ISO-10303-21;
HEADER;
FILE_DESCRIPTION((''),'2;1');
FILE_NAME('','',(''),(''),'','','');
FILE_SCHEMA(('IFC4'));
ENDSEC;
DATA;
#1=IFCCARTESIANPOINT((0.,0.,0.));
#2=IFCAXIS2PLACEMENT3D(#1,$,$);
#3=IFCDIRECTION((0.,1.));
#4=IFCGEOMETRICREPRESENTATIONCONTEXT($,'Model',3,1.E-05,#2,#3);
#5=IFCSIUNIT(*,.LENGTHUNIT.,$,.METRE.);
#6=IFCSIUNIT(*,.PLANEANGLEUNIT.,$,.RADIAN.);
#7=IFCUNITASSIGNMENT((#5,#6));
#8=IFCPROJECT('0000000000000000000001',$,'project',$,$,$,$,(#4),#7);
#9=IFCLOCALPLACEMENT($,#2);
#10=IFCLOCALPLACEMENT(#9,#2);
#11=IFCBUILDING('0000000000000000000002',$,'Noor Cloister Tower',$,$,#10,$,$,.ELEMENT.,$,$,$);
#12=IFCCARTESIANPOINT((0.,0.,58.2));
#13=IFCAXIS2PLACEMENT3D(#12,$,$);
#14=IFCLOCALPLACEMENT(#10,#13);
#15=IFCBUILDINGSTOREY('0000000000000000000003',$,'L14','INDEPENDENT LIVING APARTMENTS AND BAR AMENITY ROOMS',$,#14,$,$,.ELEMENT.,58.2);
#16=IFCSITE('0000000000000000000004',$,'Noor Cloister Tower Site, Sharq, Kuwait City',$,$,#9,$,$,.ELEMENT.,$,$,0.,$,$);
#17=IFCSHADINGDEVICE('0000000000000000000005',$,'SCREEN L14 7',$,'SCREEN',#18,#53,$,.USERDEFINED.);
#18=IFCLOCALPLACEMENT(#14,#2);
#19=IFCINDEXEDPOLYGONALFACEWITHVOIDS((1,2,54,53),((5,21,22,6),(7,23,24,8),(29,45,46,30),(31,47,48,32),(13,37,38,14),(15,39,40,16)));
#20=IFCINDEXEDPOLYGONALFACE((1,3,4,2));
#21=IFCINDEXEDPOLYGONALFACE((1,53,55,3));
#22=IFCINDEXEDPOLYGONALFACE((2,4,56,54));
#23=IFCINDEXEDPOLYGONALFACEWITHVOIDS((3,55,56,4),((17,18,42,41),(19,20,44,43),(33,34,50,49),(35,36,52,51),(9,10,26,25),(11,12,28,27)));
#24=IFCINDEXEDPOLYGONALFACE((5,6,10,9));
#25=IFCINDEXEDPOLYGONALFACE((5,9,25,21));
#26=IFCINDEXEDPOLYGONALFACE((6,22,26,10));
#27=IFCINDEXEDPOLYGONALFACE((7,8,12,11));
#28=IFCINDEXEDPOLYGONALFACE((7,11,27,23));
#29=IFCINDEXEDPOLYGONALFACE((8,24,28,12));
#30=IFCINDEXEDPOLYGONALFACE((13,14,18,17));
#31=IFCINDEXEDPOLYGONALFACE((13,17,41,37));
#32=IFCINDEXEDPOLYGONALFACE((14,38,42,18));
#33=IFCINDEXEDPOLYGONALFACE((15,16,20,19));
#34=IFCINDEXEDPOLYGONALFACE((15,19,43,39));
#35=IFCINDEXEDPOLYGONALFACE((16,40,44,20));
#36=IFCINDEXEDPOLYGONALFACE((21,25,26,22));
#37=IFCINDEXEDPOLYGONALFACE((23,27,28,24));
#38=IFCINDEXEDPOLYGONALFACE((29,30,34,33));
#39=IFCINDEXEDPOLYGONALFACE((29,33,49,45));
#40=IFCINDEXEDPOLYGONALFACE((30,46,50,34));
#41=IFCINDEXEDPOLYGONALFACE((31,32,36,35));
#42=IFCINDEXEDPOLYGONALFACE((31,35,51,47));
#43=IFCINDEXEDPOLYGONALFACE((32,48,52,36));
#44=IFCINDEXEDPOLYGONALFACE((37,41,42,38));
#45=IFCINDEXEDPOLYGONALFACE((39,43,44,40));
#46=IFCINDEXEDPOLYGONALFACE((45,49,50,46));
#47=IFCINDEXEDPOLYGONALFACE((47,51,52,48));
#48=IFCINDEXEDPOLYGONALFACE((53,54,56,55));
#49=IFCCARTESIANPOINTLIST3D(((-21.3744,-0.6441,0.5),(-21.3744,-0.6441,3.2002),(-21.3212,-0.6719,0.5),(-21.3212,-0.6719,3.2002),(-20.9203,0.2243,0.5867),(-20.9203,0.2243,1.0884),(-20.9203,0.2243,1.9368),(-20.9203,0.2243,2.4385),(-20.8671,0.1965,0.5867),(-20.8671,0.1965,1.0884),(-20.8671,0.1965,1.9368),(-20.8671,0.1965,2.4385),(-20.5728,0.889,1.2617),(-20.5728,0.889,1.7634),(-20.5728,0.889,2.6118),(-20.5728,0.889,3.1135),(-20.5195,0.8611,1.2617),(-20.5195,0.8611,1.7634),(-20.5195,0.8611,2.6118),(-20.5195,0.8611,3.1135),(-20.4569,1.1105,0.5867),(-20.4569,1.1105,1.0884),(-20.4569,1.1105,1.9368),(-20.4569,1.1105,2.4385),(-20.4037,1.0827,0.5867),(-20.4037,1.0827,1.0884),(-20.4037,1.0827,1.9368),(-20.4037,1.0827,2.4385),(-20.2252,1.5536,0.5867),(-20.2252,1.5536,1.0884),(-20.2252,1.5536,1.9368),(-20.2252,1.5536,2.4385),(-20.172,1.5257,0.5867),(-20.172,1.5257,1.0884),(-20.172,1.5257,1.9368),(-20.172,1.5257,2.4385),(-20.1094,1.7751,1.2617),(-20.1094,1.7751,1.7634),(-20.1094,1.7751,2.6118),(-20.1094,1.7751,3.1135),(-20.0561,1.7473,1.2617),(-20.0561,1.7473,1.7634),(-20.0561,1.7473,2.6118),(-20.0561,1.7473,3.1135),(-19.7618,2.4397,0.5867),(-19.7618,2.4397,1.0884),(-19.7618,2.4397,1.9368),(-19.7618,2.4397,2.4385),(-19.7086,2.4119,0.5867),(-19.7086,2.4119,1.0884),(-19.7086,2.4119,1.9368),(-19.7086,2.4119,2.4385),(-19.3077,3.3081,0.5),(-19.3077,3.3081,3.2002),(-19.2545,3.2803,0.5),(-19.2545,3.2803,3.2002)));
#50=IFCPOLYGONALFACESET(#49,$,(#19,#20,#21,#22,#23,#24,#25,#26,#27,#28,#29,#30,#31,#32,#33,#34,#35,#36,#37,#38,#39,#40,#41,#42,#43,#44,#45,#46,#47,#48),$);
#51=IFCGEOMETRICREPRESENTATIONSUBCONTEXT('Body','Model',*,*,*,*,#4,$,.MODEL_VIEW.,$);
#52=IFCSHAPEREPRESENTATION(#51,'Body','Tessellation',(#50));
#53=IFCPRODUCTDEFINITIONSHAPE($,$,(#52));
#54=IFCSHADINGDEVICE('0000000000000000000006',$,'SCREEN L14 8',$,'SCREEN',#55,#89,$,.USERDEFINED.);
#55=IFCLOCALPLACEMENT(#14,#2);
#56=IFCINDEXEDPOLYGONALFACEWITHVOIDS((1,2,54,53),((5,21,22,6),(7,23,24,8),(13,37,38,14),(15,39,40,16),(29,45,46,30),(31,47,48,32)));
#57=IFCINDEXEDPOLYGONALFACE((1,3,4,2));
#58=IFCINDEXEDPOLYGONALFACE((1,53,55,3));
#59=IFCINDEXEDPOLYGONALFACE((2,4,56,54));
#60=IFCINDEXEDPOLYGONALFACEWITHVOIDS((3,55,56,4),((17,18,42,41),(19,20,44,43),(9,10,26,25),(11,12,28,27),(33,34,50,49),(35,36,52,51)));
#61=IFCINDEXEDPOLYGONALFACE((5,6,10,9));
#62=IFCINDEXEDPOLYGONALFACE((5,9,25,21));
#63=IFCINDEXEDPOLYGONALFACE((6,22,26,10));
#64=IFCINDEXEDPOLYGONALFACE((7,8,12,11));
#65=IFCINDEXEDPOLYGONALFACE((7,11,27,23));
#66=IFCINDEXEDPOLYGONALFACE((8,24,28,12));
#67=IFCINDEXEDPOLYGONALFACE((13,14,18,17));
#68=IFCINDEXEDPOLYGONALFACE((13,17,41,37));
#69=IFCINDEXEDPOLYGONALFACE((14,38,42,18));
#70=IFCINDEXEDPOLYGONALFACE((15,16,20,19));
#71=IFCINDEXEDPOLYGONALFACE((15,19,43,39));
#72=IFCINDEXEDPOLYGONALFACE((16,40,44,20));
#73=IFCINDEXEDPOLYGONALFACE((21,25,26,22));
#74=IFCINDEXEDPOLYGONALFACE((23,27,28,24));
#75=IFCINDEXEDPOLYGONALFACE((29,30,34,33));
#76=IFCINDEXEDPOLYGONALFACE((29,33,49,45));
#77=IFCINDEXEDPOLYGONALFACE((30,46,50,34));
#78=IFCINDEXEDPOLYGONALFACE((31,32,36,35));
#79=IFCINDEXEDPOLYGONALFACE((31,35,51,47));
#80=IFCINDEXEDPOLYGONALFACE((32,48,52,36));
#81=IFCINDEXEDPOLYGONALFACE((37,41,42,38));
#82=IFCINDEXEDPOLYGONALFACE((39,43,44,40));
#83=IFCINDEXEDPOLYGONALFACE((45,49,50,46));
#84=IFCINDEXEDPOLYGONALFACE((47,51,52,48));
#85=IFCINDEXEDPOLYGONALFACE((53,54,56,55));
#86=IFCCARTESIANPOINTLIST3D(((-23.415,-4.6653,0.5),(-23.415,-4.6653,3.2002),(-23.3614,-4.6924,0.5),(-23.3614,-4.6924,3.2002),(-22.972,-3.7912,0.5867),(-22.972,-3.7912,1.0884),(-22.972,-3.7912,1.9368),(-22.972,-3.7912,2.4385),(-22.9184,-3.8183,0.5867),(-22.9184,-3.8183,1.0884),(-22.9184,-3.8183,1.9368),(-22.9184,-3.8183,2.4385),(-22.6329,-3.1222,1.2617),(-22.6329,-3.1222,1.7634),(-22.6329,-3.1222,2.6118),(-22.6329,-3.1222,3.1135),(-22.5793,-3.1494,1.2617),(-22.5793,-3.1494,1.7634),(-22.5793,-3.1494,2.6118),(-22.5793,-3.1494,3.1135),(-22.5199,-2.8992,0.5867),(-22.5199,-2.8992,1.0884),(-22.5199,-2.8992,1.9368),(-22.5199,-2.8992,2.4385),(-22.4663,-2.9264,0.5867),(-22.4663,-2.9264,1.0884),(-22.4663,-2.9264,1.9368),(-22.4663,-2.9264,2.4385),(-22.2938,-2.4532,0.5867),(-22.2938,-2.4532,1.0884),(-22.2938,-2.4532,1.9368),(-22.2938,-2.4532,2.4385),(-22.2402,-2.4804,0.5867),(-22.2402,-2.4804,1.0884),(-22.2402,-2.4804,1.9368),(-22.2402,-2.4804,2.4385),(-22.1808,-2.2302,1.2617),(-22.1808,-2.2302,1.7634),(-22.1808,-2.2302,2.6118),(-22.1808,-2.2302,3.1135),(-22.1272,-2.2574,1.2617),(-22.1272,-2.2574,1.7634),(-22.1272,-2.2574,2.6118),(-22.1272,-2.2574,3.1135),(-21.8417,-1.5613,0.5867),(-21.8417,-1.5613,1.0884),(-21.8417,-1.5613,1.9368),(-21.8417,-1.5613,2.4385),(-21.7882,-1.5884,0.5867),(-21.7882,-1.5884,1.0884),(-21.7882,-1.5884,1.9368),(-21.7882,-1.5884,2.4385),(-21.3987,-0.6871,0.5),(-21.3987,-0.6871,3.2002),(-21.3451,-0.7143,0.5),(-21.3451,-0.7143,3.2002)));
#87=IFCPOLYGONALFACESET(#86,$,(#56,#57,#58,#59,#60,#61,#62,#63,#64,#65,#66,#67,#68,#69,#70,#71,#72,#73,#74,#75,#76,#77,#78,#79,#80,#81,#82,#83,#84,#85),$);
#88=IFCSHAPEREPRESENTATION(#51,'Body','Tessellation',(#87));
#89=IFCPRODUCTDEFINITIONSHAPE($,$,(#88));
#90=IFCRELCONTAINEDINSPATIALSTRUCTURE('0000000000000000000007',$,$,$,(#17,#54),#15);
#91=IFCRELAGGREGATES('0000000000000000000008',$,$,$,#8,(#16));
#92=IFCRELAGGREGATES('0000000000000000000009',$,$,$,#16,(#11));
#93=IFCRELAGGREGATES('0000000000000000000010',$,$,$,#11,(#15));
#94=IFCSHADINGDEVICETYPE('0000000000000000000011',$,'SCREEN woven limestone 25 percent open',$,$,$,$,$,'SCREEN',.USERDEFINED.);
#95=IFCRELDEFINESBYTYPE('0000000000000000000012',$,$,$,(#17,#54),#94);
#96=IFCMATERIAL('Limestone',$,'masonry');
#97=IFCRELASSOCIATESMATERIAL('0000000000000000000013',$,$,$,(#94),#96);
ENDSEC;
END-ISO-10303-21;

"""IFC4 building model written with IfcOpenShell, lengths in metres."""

from ifc_helpers import new_model, si_unit, direction, frame, origin, place, context, subcontext, project, spatial, polyline, outline, extrude, material, material_profile, profile_set, type_object, element, save


model = new_model("IFC4")

# Units and contexts
model_context = context("Model", 3, precision=1e-05, world=origin(), true_north=direction((0.0, 1.0)))
body_context = subcontext(model_context, "Body", "Model", "MODEL_VIEW")
ifc_project = project(units=[si_unit("LENGTHUNIT", "METRE"), si_unit("PLANEANGLEUNIT", "RADIAN")], contexts=[model_context])

# Site, building, storey
site_placement = place(None, origin())
site = spatial("IfcSite", under=ifc_project, at=site_placement, Name="Noor Cloister Tower Site, Sharq, Kuwait City", CompositionType="ELEMENT", RefElevation=0.0)
building_placement = place(site_placement, origin())
building = spatial("IfcBuilding", under=site, at=building_placement, Name="Noor Cloister Tower", CompositionType="ELEMENT")
storey_placement = place(building_placement, frame((0.0, 0.0, 58.2)))
storey = spatial("IfcBuildingStorey", under=building, at=storey_placement, Name="L14", Description="INDEPENDENT LIVING APARTMENTS AND BAR AMENITY ROOMS", CompositionType="ELEMENT", Elevation=58.2)

# Shading devices
ifc_material_1 = material(Name="Limestone", Category="masonry")
ifc_material_profile_1 = material_profile(ifc_material_1, outline(polyline([(-2.23, -1.3501), (2.23, -1.3501), (2.23, 1.3501), (-2.23, 1.3501), (-2.23, -1.3501)]), holes=[polyline([(-1.25, -1.2634), (-0.25, -1.2634), (-0.25, -0.7617), (-1.25, -0.7617), (-1.25, -1.2634)]), polyline([(0.25, -1.2634), (1.25, -1.2634), (1.25, -0.7617), (0.25, -0.7617), (0.25, -1.2634)]), polyline([(-0.5, -0.5884), (0.5, -0.5884), (0.5, -0.0867), (-0.5, -0.0867), (-0.5, -0.5884)]), polyline([(-1.25, 0.0867), (-0.25, 0.0867), (-0.25, 0.5884), (-1.25, 0.5884), (-1.25, 0.0867)]), polyline([(0.25, 0.0867), (1.25, 0.0867), (1.25, 0.5884), (0.25, 0.5884), (0.25, 0.0867)]), polyline([(-0.5, 0.7617), (0.5, 0.7617), (0.5, 1.2634), (-0.5, 1.2634), (-0.5, 0.7617)])]), Name="Woven screen 25 percent open")
ifc_profile_set_1 = profile_set([ifc_material_profile_1], Name="Limestone")
shading_device_type = type_object("IfcShadingDeviceType", Name="SCREEN woven limestone 25 percent open", ElementType="SCREEN", PredefinedType="USERDEFINED", material=ifc_profile_set_1)
for number, where, z_axis, x_axis, name in (
    (1, (-20.2878, 1.3042, 1.8501), (-0.88615, 0.463399, 0.0), (-0.463399, -0.88615, 0.0), "SCREEN L14 7"),
    (2, (-22.3533, -2.7034, 1.8501), (-0.89197, 0.452094, 0.0), (-0.452094, -0.89197, 0.0), "SCREEN L14 8"),
):
    element("IfcShadingDevice", number, at=place(storey_placement, frame(where, z_axis=z_axis, x_axis=x_axis)), inside=storey, type_object=shading_device_type, Name=name, ObjectType="SCREEN", PredefinedType="USERDEFINED", context=body_context, shape_type="SweptSolid", body=[
        extrude(outline(polyline([(-2.23, -1.3501), (2.23, -1.3501), (2.23, 1.3501), (-2.23, 1.3501), (-2.23, -1.3501)]), holes=[polyline([(-1.25, -1.2634), (-0.25, -1.2634), (-0.25, -0.7617), (-1.25, -0.7617), (-1.25, -1.2634)]), polyline([(0.25, -1.2634), (1.25, -1.2634), (1.25, -0.7617), (0.25, -0.7617), (0.25, -1.2634)]), polyline([(-0.5, -0.5884), (0.5, -0.5884), (0.5, -0.0867), (-0.5, -0.0867), (-0.5, -0.5884)]), polyline([(-1.25, 0.0867), (-0.25, 0.0867), (-0.25, 0.5884), (-1.25, 0.5884), (-1.25, 0.0867)]), polyline([(0.25, 0.0867), (1.25, 0.0867), (1.25, 0.5884), (0.25, 0.5884), (0.25, 0.0867)]), polyline([(-0.5, 0.7617), (0.5, 0.7617), (0.5, 1.2634), (-0.5, 1.2634), (-0.5, 0.7617)])]), origin(), (0.0, 0.0, 1.0), 0.0601),
    ])

save(model, "model.ifc")
